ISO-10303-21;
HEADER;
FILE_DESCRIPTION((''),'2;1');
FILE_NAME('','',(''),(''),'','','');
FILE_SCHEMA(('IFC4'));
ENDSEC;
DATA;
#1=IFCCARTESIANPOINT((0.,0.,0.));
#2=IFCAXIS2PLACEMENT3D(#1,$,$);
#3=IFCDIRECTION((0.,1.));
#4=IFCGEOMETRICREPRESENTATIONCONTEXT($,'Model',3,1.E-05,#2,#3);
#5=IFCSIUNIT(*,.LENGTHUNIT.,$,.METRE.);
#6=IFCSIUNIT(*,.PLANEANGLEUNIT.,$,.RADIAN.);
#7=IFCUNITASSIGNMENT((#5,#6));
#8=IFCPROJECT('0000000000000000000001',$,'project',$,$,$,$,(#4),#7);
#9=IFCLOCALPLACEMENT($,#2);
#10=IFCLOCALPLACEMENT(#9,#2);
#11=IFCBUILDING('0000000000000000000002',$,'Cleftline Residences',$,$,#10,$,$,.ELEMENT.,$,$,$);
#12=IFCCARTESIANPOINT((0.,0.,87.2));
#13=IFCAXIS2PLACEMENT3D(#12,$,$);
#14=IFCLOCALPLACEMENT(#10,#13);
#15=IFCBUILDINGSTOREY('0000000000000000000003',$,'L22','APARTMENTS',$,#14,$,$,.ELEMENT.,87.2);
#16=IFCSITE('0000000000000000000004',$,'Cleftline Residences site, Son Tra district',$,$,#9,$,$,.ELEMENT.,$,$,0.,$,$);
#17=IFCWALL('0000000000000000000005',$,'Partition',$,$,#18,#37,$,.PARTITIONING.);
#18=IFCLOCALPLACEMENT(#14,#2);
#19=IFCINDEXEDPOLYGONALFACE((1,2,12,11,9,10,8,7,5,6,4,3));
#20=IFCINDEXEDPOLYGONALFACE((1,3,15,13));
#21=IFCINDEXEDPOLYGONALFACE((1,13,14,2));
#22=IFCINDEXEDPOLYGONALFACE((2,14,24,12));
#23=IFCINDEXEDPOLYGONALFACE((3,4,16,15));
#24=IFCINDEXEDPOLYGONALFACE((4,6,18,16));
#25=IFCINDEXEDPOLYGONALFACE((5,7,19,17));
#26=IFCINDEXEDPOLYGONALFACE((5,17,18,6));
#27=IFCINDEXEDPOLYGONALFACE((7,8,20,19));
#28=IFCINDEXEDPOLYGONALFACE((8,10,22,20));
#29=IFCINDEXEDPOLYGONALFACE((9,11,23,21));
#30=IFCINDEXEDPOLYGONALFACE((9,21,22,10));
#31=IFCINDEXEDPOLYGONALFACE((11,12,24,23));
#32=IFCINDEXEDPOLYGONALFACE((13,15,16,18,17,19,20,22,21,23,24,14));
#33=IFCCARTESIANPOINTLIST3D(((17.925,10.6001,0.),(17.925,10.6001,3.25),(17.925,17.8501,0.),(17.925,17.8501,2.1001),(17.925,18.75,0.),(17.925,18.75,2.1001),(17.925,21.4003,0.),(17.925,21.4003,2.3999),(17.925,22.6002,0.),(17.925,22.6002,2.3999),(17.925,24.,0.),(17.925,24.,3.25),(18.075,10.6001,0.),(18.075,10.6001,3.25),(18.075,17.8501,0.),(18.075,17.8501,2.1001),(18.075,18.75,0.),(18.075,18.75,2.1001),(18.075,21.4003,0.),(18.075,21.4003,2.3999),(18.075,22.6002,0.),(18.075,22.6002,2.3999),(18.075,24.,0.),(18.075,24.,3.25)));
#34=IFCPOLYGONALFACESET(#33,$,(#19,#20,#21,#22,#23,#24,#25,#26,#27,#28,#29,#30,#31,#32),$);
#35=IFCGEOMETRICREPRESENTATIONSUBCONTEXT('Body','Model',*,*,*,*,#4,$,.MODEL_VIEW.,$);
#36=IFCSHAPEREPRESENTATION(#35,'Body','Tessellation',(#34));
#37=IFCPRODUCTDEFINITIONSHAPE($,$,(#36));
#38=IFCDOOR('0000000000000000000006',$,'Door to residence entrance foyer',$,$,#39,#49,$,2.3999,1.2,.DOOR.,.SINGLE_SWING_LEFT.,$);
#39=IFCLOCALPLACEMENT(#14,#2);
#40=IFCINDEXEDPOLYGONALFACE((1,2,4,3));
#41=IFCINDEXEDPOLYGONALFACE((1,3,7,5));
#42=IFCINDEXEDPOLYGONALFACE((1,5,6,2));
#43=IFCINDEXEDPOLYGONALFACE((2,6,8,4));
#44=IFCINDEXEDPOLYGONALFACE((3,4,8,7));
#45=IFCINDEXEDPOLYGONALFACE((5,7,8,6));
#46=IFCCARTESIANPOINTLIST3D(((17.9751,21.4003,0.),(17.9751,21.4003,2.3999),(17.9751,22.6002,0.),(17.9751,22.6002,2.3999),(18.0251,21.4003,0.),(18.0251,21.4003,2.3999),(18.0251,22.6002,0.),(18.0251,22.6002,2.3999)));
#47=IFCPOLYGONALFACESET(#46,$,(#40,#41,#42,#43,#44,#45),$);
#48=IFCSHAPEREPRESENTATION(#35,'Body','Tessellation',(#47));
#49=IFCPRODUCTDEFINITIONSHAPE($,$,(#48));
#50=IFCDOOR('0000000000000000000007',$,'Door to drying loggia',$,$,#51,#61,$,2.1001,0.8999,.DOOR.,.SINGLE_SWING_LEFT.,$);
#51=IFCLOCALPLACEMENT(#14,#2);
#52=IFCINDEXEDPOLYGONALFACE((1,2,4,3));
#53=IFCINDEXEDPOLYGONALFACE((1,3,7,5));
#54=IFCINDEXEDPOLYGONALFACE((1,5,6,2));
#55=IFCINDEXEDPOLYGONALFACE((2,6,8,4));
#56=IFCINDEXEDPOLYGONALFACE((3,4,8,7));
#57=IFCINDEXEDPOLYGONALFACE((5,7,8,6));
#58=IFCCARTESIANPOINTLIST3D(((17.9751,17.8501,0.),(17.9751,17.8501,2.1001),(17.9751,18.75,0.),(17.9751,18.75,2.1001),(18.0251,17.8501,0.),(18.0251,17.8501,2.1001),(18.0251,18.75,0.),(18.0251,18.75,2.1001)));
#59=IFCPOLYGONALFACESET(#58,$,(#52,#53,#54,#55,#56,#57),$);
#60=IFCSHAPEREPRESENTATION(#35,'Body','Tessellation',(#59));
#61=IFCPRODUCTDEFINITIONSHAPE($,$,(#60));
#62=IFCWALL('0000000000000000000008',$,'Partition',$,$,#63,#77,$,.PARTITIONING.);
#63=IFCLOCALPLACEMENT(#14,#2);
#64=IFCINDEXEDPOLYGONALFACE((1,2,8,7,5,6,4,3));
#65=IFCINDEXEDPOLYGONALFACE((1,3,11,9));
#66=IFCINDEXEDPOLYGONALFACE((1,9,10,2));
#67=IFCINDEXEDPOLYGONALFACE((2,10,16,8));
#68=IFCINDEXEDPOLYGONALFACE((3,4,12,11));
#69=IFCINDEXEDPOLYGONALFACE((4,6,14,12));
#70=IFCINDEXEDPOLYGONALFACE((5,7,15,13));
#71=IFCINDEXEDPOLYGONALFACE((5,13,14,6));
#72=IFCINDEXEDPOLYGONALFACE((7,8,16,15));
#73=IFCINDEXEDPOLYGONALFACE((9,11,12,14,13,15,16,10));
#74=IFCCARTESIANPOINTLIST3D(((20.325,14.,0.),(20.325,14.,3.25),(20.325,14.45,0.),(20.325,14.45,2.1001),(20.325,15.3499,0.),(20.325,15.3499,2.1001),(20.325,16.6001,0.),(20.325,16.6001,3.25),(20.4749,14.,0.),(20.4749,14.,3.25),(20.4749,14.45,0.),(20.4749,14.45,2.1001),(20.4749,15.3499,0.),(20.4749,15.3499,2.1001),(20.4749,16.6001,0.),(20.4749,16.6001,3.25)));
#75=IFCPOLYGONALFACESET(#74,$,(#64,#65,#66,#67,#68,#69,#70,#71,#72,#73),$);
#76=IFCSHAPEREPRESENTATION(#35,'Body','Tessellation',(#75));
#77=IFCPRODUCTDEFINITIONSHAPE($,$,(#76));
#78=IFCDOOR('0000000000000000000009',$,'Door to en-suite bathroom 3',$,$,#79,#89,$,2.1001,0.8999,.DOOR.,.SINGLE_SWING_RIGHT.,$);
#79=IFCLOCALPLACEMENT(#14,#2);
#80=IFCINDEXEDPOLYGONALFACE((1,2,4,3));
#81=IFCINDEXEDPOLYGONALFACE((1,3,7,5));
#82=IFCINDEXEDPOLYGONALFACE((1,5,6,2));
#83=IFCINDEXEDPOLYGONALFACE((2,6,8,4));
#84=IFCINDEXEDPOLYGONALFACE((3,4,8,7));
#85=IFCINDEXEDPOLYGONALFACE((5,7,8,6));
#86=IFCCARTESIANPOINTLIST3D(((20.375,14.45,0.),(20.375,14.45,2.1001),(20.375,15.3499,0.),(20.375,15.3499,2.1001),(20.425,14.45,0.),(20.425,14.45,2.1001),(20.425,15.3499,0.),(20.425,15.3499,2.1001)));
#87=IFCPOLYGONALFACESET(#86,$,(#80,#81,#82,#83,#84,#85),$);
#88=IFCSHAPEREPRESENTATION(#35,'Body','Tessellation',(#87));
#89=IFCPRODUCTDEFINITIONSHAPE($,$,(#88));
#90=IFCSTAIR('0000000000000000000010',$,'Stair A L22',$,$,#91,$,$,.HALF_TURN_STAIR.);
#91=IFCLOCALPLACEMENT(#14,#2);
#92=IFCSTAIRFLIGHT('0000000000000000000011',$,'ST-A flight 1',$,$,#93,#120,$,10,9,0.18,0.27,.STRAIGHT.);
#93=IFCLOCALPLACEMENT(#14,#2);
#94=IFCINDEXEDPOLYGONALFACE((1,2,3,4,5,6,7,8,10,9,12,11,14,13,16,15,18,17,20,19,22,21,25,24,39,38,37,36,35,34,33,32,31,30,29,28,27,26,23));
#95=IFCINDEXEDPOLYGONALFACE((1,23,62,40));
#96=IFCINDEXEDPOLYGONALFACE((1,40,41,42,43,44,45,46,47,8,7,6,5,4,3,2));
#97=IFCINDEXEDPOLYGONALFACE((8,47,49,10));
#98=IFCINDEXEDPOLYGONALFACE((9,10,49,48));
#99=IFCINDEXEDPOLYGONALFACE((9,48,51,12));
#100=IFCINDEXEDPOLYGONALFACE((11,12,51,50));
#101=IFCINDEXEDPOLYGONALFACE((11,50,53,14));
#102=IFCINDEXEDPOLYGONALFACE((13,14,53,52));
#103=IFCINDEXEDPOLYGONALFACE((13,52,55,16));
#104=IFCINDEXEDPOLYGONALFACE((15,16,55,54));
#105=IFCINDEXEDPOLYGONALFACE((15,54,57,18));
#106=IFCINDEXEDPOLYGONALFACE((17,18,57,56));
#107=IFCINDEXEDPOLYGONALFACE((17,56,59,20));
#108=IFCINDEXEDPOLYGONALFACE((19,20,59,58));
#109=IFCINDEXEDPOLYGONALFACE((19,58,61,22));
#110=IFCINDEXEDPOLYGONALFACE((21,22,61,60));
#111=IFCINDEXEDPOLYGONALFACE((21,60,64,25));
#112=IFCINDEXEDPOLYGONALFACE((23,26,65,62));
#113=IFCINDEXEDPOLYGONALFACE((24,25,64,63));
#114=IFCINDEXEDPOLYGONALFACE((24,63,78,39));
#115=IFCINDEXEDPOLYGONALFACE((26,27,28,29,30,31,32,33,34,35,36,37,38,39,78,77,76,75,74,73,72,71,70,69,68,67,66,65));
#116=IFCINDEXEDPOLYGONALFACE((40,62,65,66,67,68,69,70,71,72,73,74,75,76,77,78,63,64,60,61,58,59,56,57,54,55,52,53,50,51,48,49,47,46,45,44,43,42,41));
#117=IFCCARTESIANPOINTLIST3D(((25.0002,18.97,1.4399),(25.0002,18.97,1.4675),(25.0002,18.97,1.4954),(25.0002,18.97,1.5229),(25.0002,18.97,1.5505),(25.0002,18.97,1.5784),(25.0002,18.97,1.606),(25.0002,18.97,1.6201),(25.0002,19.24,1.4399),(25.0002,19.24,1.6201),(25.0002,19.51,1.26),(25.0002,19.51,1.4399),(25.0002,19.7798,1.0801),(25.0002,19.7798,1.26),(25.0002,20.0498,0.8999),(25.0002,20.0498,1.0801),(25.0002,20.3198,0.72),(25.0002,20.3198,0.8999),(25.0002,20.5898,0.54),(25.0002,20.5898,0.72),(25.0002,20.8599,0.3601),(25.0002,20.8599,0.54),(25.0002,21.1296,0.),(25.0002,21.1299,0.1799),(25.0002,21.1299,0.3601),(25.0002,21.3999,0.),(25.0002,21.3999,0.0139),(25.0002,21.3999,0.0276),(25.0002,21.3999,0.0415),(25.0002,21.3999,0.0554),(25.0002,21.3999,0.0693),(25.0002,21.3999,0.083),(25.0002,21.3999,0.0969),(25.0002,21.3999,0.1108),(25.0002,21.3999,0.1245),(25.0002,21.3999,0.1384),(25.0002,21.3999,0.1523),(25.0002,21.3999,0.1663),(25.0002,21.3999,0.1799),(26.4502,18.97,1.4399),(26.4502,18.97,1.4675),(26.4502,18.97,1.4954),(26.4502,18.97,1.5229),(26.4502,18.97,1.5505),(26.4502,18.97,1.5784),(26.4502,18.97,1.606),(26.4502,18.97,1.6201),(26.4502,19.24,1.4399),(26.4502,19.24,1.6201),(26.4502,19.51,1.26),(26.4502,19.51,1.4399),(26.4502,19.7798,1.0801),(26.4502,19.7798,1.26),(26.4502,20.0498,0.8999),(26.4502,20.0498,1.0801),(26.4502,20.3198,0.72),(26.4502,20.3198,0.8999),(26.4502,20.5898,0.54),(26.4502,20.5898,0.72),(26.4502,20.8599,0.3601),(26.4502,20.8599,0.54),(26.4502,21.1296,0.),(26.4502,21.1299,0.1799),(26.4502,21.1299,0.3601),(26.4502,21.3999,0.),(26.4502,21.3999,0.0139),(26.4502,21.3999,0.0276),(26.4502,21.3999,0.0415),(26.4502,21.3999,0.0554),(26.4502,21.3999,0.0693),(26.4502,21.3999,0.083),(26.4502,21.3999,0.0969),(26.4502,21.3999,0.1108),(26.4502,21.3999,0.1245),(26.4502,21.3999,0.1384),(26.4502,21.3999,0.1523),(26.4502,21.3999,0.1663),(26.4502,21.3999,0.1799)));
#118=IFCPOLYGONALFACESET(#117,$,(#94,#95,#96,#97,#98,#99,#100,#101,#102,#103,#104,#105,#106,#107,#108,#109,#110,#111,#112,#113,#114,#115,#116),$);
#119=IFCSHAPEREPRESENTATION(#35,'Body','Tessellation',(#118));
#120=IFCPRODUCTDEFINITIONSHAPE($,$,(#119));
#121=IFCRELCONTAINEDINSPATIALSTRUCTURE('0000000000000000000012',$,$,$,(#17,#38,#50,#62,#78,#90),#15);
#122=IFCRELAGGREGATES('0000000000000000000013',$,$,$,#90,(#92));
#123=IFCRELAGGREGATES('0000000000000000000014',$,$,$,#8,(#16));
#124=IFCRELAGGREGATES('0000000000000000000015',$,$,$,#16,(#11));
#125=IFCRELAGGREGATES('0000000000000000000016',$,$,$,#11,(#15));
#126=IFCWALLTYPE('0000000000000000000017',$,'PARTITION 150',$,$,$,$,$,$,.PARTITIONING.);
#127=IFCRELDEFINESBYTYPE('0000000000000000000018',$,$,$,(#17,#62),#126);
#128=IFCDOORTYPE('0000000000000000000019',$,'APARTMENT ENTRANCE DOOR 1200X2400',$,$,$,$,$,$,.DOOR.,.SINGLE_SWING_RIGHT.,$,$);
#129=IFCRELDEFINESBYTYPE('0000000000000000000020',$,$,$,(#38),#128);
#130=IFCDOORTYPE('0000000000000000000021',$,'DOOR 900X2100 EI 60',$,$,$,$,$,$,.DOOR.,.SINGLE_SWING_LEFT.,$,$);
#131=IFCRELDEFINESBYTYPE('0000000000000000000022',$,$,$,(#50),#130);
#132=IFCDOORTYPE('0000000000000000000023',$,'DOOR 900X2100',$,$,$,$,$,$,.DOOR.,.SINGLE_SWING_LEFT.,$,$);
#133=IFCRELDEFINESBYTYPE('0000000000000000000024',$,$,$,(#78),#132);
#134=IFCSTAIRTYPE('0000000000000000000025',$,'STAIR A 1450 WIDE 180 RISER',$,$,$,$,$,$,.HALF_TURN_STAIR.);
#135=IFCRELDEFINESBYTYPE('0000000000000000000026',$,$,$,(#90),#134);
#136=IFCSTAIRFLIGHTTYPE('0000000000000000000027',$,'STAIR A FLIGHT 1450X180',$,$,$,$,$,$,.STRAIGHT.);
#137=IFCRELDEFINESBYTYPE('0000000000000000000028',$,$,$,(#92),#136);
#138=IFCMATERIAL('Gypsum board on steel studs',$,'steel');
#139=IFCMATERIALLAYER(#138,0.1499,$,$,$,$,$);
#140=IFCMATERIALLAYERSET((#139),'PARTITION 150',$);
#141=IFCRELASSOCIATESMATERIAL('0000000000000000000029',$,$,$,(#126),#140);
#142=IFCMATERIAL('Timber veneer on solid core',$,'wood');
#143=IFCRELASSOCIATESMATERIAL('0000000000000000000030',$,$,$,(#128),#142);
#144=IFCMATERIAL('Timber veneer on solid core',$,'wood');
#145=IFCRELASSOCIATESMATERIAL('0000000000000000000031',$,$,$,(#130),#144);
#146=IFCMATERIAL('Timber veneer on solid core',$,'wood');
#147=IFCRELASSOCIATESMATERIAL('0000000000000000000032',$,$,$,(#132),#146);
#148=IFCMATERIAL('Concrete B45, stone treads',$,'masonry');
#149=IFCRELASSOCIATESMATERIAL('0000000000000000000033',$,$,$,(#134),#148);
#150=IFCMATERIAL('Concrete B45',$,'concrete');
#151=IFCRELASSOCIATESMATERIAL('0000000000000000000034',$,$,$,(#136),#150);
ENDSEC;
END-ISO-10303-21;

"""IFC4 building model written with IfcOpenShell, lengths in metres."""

from ifc_helpers import new_model, si_unit, direction, frame, frame_2d, origin, place, context, subcontext, project, spatial, polyline, rectangle, outline, extrude, material, layer, layer_set, type_object, element, fill, aggregate, save


model = new_model("IFC4")

# Units and contexts
model_context = context("Model", 3, precision=1e-05, world=origin(), true_north=direction((0.0, 1.0)))
body_context = subcontext(model_context, "Body", "Model", "MODEL_VIEW")
ifc_project = project(units=[si_unit("LENGTHUNIT", "METRE"), si_unit("PLANEANGLEUNIT", "RADIAN")], contexts=[model_context])

# Site, building, storey
site_placement = place(None, origin())
site = spatial("IfcSite", under=ifc_project, at=site_placement, Name="Cleftline Residences site, Son Tra district", CompositionType="ELEMENT", RefElevation=0.0)
building_placement = place(site_placement, origin())
building = spatial("IfcBuilding", under=site, at=building_placement, Name="Cleftline Residences", CompositionType="ELEMENT")
storey_placement = place(building_placement, frame((0.0, 0.0, 87.2)))
storey = spatial("IfcBuildingStorey", under=building, at=storey_placement, Name="L22", Description="APARTMENTS", CompositionType="ELEMENT", Elevation=87.2)

# Shared definitions
ifc_material_1 = material(Name="Gypsum board on steel studs", Category="steel")
ifc_layer_1 = layer(ifc_material_1, 0.1499)
ifc_layer_set_1 = layer_set([ifc_layer_1], Name="PARTITION 150")
wall_type_1 = type_object("IfcWallType", Name="PARTITION 150", PredefinedType="PARTITIONING", material=ifc_layer_set_1)

# Wall, openings, doors
wall_1_placement = place(storey_placement, frame((18.0, 10.6001, 0.0), z_axis=(0.0, 0.0, 1.0), x_axis=(0.0, 1.0, 0.0)))
wall_1 = element("IfcWall", 1, at=wall_1_placement, inside=storey, type_object=wall_type_1, Name="Partition", PredefinedType="PARTITIONING", context=body_context, shape_type="SweptSolid", body=[
    extrude(rectangle(XDim=13.3999, YDim=0.1499, at=frame_2d((6.7, 0.0))), origin(), (0.0, 0.0, 1.0), 3.25),
])
opening_1_placement = place(wall_1_placement, frame((10.8, 0.0, 0.0)))
opening_1 = element("IfcOpeningElement", 2, at=opening_1_placement, cuts=wall_1, PredefinedType="OPENING", context=body_context, shape_type="SweptSolid", body=[
    extrude(rectangle(XDim=1.2, YDim=2.3999, at=frame_2d((0.6001, 1.2))), frame((0.0, 0.085, 0.0), z_axis=(0.0, -1.0, 0.0), x_axis=(1.0, 0.0, 0.0)), (0.0, 0.0, 1.0), 0.1699),
])
opening_2_placement = place(wall_1_placement, frame((7.25, 0.0, 0.0)))
opening_2 = element("IfcOpeningElement", 3, at=opening_2_placement, cuts=wall_1, PredefinedType="OPENING", context=body_context, shape_type="SweptSolid", body=[
    extrude(rectangle(XDim=0.8999, YDim=2.1001, at=frame_2d((0.45, 1.05))), frame((0.0, 0.085, 0.0), z_axis=(0.0, -1.0, 0.0), x_axis=(1.0, 0.0, 0.0)), (0.0, 0.0, 1.0), 0.1699),
])
ifc_material_2 = material(Name="Timber veneer on solid core", Category="wood")
door_type_1 = type_object("IfcDoorType", Name="APARTMENT ENTRANCE DOOR 1200X2400", OperationType="SINGLE_SWING_RIGHT", PredefinedType="DOOR", material=ifc_material_2)
door_1_placement = place(opening_1_placement, origin())
door_1 = element("IfcDoor", 4, at=door_1_placement, inside=storey, type_object=door_type_1, Name="Door to residence entrance foyer", OperationType="SINGLE_SWING_LEFT", OverallHeight=2.3999, OverallWidth=1.2, PredefinedType="DOOR", context=body_context, shape_type="SweptSolid", body=[
    extrude(rectangle(XDim=1.2, YDim=2.3999, at=frame_2d((0.6001, 1.2))), frame((0.0, 0.0249, 0.0), z_axis=(0.0, -1.0, 0.0), x_axis=(1.0, 0.0, 0.0)), (0.0, 0.0, 1.0), 0.05),
])
fill(opening_1, door_1)
ifc_material_3 = material(Name="Timber veneer on solid core", Category="wood")
door_type_2 = type_object("IfcDoorType", Name="DOOR 900X2100 EI 60", OperationType="SINGLE_SWING_LEFT", PredefinedType="DOOR", material=ifc_material_3)
door_2_placement = place(opening_2_placement, origin())
door_2 = element("IfcDoor", 5, at=door_2_placement, inside=storey, type_object=door_type_2, Name="Door to drying loggia", OperationType="SINGLE_SWING_LEFT", OverallHeight=2.1001, OverallWidth=0.8999, PredefinedType="DOOR", context=body_context, shape_type="SweptSolid", body=[
    extrude(rectangle(XDim=0.8999, YDim=2.1001, at=frame_2d((0.45, 1.05))), frame((0.0, 0.0249, 0.0), z_axis=(0.0, -1.0, 0.0), x_axis=(1.0, 0.0, 0.0)), (0.0, 0.0, 1.0), 0.05),
])
fill(opening_2, door_2)

# Wall, opening, door
wall_2_placement = place(storey_placement, frame((20.3999, 14.0, 0.0), z_axis=(0.0, 0.0, 1.0), x_axis=(0.0, 1.0, 0.0)))
wall_2 = element("IfcWall", 6, at=wall_2_placement, inside=storey, type_object=wall_type_1, Name="Partition", PredefinedType="PARTITIONING", context=body_context, shape_type="SweptSolid", body=[
    extrude(rectangle(XDim=2.6001, YDim=0.1499, at=frame_2d((1.3, 0.0))), origin(), (0.0, 0.0, 1.0), 3.25),
])
opening_3_placement = place(wall_2_placement, frame((0.45, 0.0, 0.0)))
opening_3 = element("IfcOpeningElement", 7, at=opening_3_placement, cuts=wall_2, PredefinedType="OPENING", context=body_context, shape_type="SweptSolid", body=[
    extrude(rectangle(XDim=0.8999, YDim=2.1001, at=frame_2d((0.45, 1.05))), frame((0.0, 0.085, 0.0), z_axis=(0.0, -1.0, 0.0), x_axis=(1.0, 0.0, 0.0)), (0.0, 0.0, 1.0), 0.1699),
])
ifc_material_4 = material(Name="Timber veneer on solid core", Category="wood")
door_type_3 = type_object("IfcDoorType", Name="DOOR 900X2100", OperationType="SINGLE_SWING_LEFT", PredefinedType="DOOR", material=ifc_material_4)
door_3_placement = place(opening_3_placement, origin())
door_3 = element("IfcDoor", 8, at=door_3_placement, inside=storey, type_object=door_type_3, Name="Door to en-suite bathroom 3", OperationType="SINGLE_SWING_RIGHT", OverallHeight=2.1001, OverallWidth=0.8999, PredefinedType="DOOR", context=body_context, shape_type="SweptSolid", body=[
    extrude(rectangle(XDim=0.8999, YDim=2.1001, at=frame_2d((0.45, 1.05))), frame((0.0, 0.0249, 0.0), z_axis=(0.0, -1.0, 0.0), x_axis=(1.0, 0.0, 0.0)), (0.0, 0.0, 1.0), 0.05),
])
fill(opening_3, door_3)

# Stair, stair flight
ifc_material_5 = material(Name="Concrete B45, stone treads", Category="masonry")
stair_type = type_object("IfcStairType", Name="STAIR A 1450 WIDE 180 RISER", PredefinedType="HALF_TURN_STAIR", material=ifc_material_5)
stair_placement = place(storey_placement, origin())
stair = element("IfcStair", 9, at=stair_placement, inside=storey, type_object=stair_type, Name="Stair A L22", PredefinedType="HALF_TURN_STAIR")
ifc_material_6 = material(Name="Concrete B45", Category="concrete")
stair_flight_type = type_object("IfcStairFlightType", Name="STAIR A FLIGHT 1450X180", PredefinedType="STRAIGHT", material=ifc_material_6)
stair_flight_1_placement = place(storey_placement, frame((25.7251, 21.3999, 0.0), z_axis=(0.0, 0.0, 1.0), x_axis=(0.0, -1.0, 0.0)))
stair_flight_1 = element("IfcStairFlight", 10, at=stair_flight_1_placement, type_object=stair_flight_type, Name="ST-A flight 1", NumberOfRisers=10, NumberOfTreads=9, PredefinedType="STRAIGHT", RiserHeight=0.18, TreadLength=0.27, context=body_context, shape_type="SweptSolid", body=[
    extrude(outline(polyline([(0.0, 0.0), (0.0, 0.0139), (0.0, 0.0276), (0.0, 0.0415), (0.0, 0.0554), (0.0, 0.0693), (0.0, 0.083), (0.0, 0.0969), (0.0, 0.1108), (0.0, 0.1245), (0.0, 0.1384), (0.0, 0.1523), (0.0, 0.1663), (0.0, 0.1799), (0.27, 0.1799), (0.27, 0.3601), (0.54, 0.3601), (0.54, 0.54), (0.8101, 0.54), (0.8101, 0.72), (1.0801, 0.72), (1.0801, 0.8999), (1.3501, 0.8999), (1.3501, 1.0801), (1.6201, 1.0801), (1.6201, 1.26), (1.8899, 1.26), (1.8899, 1.4399), (2.1599, 1.4399), (2.1599, 1.6201), (2.4299, 1.6201), (2.4299, 1.8), (2.4299, 1.7722), (2.4299, 1.7446), (2.4299, 1.7168), (2.4299, 1.6892), (2.4299, 1.6614), (2.4299, 1.6338), (2.4299, 1.606), (2.4299, 1.5784), (2.4299, 1.5505), (2.4299, 1.5229), (2.4299, 1.4954), (2.4299, 1.4675), (2.4299, 1.4399), (0.2703, 0.0), (0.0, 0.0)])), frame((0.0, 0.7251, 0.0), z_axis=(0.0, -1.0, 0.0), x_axis=(1.0, 0.0, 0.0)), (0.0, 0.0, 1.0), 1.45),
])
aggregate(stair, [stair_flight_1])

save(model, "model.ifc")
